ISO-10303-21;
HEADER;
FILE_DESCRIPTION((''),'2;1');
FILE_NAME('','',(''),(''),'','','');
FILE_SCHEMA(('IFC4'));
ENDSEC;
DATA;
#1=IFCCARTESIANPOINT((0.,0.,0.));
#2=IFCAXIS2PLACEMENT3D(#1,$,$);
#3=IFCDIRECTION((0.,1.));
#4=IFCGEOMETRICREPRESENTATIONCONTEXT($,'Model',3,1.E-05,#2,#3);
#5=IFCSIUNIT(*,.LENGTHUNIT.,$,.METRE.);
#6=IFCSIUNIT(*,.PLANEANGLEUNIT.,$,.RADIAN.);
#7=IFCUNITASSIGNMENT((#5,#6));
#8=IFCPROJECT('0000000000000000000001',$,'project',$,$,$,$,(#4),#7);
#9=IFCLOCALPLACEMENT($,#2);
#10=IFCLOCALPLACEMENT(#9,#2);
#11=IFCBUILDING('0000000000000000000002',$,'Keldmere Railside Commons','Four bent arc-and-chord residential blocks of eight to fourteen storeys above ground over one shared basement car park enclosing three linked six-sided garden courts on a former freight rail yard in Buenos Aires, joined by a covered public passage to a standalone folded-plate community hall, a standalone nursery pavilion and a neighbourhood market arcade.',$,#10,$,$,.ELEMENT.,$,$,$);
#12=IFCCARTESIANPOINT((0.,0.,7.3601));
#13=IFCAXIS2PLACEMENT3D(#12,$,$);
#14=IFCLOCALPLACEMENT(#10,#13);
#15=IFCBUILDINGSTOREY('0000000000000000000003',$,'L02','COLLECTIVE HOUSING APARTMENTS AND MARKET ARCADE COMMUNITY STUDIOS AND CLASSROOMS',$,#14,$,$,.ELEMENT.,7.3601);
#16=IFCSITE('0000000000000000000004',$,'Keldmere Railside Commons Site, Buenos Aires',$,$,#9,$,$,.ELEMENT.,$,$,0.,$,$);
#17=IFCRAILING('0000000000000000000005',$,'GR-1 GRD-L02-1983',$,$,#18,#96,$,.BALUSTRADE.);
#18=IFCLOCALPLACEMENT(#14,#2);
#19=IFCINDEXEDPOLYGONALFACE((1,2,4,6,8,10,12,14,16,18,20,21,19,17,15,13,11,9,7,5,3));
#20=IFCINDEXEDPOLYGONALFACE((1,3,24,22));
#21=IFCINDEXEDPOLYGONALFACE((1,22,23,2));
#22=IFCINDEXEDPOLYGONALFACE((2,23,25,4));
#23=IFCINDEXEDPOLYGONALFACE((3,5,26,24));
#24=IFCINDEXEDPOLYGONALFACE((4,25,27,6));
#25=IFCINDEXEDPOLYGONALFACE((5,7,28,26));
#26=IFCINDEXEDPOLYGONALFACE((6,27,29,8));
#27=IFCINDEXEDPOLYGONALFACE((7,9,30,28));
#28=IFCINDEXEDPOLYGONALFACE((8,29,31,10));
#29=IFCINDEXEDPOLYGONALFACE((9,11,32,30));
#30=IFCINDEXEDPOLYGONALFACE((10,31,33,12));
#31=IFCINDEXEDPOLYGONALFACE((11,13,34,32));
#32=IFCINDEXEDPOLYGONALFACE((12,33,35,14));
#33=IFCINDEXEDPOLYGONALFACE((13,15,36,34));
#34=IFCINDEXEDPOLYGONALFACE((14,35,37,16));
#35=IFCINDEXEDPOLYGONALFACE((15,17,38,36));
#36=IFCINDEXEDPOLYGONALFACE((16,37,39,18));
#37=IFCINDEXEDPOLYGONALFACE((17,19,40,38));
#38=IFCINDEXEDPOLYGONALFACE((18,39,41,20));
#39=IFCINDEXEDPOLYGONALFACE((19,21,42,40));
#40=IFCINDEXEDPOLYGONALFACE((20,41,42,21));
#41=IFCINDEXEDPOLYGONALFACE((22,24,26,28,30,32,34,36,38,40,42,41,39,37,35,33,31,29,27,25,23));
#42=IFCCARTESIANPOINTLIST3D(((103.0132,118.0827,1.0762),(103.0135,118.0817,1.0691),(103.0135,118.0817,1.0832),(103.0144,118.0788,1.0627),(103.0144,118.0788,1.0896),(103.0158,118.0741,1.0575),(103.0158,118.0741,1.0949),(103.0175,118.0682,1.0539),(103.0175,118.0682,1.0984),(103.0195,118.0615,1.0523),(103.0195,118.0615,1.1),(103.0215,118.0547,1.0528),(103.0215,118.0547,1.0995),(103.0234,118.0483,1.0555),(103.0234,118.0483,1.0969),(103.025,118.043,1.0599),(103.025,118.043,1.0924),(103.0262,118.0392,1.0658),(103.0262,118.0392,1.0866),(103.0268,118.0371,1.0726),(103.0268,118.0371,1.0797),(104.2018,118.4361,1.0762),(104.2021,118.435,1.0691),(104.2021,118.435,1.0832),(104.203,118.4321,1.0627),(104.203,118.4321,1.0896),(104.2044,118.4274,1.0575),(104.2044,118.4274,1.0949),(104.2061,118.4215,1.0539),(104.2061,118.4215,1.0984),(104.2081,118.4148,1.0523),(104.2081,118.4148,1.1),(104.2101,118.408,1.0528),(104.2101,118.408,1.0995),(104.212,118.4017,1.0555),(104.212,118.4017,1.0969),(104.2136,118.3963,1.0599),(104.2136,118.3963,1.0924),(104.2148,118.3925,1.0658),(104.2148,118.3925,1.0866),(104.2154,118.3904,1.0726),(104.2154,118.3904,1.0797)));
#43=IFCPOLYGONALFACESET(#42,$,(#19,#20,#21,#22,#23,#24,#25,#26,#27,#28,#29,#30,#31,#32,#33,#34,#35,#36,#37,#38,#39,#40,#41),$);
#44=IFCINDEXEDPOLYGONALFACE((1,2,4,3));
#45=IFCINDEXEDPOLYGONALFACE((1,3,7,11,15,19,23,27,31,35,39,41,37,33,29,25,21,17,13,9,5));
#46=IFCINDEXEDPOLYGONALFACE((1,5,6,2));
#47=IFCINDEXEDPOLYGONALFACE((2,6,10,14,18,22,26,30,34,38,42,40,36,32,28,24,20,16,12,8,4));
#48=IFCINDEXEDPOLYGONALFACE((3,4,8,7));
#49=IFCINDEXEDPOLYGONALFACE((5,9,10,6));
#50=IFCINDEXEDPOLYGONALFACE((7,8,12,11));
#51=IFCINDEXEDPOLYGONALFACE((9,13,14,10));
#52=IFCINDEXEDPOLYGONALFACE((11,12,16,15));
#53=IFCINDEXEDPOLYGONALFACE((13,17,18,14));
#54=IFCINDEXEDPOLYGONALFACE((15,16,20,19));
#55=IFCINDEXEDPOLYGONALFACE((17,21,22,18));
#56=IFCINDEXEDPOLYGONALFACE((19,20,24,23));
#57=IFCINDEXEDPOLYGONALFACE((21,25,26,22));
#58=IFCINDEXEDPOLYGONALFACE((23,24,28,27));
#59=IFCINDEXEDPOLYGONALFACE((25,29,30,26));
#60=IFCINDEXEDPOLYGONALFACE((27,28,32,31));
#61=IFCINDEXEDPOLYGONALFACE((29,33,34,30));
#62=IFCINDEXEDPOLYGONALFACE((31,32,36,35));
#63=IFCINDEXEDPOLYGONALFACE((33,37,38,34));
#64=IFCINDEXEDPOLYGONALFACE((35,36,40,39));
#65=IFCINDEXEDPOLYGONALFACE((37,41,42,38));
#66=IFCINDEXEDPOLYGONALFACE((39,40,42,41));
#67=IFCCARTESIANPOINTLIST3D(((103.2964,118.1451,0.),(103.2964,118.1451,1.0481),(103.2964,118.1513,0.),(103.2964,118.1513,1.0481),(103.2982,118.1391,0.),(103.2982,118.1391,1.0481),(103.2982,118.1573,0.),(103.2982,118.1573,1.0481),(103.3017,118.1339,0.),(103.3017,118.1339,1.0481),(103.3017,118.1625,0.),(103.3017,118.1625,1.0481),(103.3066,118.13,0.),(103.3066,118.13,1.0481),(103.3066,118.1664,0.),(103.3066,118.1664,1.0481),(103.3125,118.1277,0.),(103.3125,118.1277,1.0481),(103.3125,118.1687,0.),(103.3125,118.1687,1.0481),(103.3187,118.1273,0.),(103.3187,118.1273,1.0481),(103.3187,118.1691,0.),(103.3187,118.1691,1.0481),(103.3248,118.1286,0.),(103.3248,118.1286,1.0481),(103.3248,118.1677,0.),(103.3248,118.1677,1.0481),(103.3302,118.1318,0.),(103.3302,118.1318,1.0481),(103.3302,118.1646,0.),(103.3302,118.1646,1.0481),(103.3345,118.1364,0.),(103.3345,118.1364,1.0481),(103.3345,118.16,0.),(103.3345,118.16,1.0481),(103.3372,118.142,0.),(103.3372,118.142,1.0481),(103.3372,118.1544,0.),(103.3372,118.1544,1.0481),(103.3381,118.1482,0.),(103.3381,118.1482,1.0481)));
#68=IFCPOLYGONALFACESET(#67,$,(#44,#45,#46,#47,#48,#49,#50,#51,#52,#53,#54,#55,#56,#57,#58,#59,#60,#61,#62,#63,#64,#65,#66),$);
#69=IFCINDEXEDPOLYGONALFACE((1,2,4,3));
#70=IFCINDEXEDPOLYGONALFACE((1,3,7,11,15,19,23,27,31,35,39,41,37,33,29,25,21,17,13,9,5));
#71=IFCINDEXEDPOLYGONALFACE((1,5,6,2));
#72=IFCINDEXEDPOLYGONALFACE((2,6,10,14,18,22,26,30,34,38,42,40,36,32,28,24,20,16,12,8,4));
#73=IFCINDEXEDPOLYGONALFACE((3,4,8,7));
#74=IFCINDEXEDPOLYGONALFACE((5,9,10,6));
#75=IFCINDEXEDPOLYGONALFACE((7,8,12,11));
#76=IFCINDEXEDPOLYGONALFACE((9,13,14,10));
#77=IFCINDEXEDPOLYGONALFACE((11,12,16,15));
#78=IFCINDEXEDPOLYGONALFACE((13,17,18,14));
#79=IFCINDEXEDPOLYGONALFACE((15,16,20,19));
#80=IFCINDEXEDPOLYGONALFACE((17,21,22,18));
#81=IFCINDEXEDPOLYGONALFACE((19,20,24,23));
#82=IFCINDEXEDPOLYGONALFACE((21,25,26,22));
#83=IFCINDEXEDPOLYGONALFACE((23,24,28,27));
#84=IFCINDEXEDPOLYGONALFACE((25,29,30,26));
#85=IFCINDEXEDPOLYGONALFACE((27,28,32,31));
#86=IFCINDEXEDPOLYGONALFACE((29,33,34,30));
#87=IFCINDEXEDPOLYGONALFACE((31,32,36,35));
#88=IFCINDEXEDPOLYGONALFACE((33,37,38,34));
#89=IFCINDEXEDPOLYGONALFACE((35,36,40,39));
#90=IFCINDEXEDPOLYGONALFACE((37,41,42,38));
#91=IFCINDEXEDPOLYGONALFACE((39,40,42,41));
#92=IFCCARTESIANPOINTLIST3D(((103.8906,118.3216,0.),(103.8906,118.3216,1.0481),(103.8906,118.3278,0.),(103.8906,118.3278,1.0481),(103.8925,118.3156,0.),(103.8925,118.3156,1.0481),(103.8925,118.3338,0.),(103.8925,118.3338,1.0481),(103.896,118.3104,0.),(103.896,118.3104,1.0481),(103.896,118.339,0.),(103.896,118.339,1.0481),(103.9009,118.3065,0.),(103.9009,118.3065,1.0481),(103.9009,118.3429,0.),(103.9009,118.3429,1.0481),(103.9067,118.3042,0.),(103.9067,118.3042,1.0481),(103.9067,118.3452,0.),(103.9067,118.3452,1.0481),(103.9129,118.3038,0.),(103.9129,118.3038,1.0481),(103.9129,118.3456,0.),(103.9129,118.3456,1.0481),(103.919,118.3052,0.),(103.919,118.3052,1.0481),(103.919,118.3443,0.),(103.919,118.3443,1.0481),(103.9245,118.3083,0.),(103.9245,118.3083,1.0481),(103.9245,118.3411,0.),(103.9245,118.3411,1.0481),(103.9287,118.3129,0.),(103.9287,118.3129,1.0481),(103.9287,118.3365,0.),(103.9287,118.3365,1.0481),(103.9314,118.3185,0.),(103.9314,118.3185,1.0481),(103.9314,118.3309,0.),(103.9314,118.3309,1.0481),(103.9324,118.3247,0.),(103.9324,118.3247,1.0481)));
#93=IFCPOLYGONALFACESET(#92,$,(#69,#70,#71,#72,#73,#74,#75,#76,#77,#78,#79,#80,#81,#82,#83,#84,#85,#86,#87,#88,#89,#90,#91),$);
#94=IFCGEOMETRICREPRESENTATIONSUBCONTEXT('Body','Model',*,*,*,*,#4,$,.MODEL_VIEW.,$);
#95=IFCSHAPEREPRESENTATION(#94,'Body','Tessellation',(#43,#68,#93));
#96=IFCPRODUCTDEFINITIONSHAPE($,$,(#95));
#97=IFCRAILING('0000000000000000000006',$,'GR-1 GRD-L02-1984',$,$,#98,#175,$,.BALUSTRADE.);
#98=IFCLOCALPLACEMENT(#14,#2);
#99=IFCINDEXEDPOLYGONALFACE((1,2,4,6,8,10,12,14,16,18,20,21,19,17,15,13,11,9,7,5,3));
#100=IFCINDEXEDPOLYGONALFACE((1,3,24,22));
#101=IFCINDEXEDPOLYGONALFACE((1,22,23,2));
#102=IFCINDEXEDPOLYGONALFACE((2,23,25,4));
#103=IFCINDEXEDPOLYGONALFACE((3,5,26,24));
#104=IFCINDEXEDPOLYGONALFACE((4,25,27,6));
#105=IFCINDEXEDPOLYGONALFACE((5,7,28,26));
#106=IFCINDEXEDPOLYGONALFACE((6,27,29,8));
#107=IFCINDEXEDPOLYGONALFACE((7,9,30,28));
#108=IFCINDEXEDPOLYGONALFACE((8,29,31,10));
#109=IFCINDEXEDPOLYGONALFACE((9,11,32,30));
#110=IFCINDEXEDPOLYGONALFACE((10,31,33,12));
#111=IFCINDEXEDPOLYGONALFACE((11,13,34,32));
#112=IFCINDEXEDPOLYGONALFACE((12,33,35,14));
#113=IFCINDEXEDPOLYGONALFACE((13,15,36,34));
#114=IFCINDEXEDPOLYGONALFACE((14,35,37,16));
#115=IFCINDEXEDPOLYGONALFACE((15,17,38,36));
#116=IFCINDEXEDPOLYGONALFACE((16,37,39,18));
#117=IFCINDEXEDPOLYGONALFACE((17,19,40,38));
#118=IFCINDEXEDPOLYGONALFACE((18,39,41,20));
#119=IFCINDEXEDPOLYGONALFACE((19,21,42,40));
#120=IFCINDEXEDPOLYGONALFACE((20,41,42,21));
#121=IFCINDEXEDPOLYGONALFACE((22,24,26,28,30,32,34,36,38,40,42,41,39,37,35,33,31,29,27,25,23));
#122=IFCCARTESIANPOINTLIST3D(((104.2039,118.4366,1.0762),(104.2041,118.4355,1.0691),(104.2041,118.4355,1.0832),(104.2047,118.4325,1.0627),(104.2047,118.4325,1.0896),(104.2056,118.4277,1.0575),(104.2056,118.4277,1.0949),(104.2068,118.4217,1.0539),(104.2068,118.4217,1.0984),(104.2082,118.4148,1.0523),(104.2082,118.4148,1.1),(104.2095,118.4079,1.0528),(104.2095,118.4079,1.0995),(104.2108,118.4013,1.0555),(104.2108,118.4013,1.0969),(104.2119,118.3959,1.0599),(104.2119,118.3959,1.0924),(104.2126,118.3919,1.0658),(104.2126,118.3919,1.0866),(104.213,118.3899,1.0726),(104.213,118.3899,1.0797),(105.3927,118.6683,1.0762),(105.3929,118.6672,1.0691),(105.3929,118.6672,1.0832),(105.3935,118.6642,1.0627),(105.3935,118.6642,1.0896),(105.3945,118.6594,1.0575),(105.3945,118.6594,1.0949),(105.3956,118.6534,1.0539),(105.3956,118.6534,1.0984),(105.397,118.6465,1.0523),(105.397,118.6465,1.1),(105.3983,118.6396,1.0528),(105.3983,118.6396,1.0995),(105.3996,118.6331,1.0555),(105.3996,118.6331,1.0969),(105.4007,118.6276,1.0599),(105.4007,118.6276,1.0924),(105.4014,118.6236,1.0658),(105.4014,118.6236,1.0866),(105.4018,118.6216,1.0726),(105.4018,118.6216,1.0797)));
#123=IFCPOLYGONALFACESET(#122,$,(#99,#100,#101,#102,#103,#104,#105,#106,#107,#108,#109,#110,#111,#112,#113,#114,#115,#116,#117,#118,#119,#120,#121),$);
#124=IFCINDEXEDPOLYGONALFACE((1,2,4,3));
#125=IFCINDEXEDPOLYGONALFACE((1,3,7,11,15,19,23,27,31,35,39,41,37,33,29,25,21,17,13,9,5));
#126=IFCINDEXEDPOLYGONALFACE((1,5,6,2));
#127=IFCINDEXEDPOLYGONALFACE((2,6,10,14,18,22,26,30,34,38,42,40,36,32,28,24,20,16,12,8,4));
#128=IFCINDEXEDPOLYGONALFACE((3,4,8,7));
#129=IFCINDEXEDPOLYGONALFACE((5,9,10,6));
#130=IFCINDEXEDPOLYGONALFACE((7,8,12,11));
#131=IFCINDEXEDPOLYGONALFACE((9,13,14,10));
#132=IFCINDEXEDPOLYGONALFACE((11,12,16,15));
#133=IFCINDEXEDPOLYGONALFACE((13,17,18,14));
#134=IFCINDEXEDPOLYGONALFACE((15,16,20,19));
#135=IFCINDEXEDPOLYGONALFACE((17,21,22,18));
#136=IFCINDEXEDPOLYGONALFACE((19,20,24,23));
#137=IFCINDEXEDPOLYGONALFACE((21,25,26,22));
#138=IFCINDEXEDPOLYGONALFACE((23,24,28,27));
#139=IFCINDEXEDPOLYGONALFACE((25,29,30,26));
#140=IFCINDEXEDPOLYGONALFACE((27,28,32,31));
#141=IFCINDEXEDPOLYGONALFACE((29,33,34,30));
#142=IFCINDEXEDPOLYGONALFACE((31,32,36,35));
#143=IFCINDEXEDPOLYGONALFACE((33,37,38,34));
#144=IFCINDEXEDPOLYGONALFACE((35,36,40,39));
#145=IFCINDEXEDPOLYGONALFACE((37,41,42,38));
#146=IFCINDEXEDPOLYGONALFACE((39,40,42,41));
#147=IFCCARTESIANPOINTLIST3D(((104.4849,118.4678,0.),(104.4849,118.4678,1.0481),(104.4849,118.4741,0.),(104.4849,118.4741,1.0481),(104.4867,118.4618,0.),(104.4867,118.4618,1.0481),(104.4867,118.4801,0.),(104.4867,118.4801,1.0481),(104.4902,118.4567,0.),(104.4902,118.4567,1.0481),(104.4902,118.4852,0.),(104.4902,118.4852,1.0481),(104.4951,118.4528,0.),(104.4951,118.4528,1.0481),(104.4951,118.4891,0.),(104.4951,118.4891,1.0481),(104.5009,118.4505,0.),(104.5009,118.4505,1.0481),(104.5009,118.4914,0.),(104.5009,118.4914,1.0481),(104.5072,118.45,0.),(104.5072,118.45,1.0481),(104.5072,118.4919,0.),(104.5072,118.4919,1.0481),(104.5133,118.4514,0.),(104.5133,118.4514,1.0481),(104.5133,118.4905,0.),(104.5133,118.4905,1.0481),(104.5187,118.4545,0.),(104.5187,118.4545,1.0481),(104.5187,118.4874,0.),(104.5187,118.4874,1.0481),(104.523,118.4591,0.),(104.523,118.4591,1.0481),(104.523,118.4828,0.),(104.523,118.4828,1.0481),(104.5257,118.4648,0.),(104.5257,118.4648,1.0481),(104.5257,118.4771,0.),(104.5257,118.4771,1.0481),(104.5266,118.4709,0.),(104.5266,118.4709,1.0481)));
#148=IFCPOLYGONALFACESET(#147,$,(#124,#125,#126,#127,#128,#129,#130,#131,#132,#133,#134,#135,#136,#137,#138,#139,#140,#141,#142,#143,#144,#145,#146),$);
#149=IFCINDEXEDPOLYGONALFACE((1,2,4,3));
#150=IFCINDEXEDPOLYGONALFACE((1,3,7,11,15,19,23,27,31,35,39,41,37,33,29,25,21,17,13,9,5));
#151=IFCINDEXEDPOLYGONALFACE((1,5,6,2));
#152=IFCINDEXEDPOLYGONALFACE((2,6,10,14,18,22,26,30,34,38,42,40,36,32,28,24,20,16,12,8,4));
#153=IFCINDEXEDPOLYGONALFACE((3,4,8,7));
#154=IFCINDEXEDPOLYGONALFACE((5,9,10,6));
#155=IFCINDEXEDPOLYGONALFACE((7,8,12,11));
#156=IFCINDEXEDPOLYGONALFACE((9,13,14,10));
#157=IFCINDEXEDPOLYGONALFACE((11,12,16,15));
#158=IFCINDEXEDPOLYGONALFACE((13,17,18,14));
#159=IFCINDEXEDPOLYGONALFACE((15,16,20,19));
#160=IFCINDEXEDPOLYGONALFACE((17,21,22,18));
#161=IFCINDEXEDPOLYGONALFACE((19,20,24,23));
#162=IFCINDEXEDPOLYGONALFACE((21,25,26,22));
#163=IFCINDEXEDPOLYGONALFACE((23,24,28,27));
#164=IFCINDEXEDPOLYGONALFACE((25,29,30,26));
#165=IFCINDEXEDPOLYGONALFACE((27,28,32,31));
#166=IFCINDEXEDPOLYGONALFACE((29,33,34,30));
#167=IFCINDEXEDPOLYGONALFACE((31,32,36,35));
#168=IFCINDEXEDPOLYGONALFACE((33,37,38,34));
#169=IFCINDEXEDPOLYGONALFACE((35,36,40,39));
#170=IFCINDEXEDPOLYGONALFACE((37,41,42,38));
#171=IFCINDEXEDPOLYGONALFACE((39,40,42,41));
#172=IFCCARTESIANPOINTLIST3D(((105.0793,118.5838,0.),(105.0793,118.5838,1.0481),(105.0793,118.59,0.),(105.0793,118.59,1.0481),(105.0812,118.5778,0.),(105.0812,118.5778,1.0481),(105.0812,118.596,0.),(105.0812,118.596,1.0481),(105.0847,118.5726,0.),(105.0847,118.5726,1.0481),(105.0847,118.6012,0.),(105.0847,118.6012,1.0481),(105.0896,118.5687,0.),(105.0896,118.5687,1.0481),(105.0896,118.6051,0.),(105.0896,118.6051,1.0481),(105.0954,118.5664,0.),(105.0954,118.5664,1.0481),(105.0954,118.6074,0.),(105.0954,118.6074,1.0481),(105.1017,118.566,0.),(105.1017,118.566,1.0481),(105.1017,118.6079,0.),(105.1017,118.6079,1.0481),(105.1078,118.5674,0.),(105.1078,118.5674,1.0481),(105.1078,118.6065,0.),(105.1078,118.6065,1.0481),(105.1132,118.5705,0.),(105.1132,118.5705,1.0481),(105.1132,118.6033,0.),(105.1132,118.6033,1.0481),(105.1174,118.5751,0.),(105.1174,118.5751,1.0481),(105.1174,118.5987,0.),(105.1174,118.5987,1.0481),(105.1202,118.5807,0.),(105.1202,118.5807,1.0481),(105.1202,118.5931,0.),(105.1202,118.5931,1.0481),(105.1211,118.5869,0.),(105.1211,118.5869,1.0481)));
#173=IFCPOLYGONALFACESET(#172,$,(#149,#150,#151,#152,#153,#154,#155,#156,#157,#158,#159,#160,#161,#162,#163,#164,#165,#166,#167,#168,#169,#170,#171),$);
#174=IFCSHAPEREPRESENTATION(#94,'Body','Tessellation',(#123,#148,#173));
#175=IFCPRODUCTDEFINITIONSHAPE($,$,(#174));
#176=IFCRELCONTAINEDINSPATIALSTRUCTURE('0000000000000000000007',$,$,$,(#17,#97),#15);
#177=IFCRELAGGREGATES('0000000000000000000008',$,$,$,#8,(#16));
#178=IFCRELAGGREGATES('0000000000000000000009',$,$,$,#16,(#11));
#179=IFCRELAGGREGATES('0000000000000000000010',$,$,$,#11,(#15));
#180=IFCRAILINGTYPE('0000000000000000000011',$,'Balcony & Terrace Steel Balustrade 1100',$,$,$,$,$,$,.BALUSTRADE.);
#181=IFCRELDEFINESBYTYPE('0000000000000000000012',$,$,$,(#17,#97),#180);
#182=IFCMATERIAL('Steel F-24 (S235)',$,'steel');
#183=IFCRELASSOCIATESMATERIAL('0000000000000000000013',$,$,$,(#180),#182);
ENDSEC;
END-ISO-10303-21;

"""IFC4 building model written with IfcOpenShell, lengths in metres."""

from ifc_helpers import new_model, si_unit, direction, frame, origin, origin_2d, place, context, subcontext, project, spatial, circle, extrude, material, type_object, element, save


model = new_model("IFC4")

# Units and contexts
model_context = context("Model", 3, precision=1e-05, world=origin(), true_north=direction((0.0, 1.0)))
body_context = subcontext(model_context, "Body", "Model", "MODEL_VIEW")
ifc_project = project(units=[si_unit("LENGTHUNIT", "METRE"), si_unit("PLANEANGLEUNIT", "RADIAN")], contexts=[model_context])

# Site, building, storey
site_placement = place(None, origin())
site = spatial("IfcSite", under=ifc_project, at=site_placement, Name="Keldmere Railside Commons Site, Buenos Aires", CompositionType="ELEMENT", RefElevation=0.0)
building_placement = place(site_placement, origin())
building = spatial("IfcBuilding", under=site, at=building_placement, Name="Keldmere Railside Commons", Description="Four bent arc-and-chord residential blocks of eight to fourteen storeys above ground over one shared basement car park enclosing three linked six-sided garden courts on a former freight rail yard in Buenos Aires, joined by a covered public passage to a standalone folded-plate community hall, a standalone nursery pavilion and a neighbourhood market arcade.", CompositionType="ELEMENT")
storey_placement = place(building_placement, frame((0.0, 0.0, 7.3601)))
storey = spatial("IfcBuildingStorey", under=building, at=storey_placement, Name="L02", Description="COLLECTIVE HOUSING APARTMENTS AND MARKET ARCADE COMMUNITY STUDIOS AND CLASSROOMS", CompositionType="ELEMENT", Elevation=7.3601)

# Railings
ifc_material_1 = material(Name="Steel F-24 (S235)", Category="steel")
railing_type = type_object("IfcRailingType", Name="Balcony & Terrace Steel Balustrade 1100", PredefinedType="BALUSTRADE", material=ifc_material_1)
railing_1_placement = place(storey_placement, frame((103.02, 118.0598, 0.0)))
element("IfcRailing", 1, at=railing_1_placement, inside=storey, type_object=railing_type, Name="GR-1 GRD-L02-1983", PredefinedType="BALUSTRADE", context=body_context, shape_type="SweptSolid", body=[
    extrude(circle(Radius=0.0239, at=origin_2d()), frame((0.0, 0.0, 1.0762), z_axis=(0.958549, 0.284926, 0.0), x_axis=(-0.284926, 0.958549, 0.0)), (0.0, 0.0, 1.0), 1.24),
    extrude(circle(Radius=0.021, at=origin_2d()), frame((0.2971, 0.0884, 0.0)), (0.0, 0.0, 1.0), 1.0481),
    extrude(circle(Radius=0.021, at=origin_2d()), frame((0.8914, 0.2649, 0.0)), (0.0, 0.0, 1.0), 1.0481),
])
railing_2_placement = place(storey_placement, frame((104.2085, 118.4131, 0.0)))
element("IfcRailing", 2, at=railing_2_placement, inside=storey, type_object=railing_type, Name="GR-1 GRD-L02-1984", PredefinedType="BALUSTRADE", context=body_context, shape_type="SweptSolid", body=[
    extrude(circle(Radius=0.0239, at=origin_2d()), frame((0.0, 0.0, 1.0762), z_axis=(0.98153, 0.191307, 0.0), x_axis=(-0.191307, 0.98153, 0.0)), (0.0, 0.0, 1.0), 1.2112),
    extrude(circle(Radius=0.021, at=origin_2d()), frame((0.2971, 0.0579, 0.0)), (0.0, 0.0, 1.0), 1.0481),
    extrude(circle(Radius=0.021, at=origin_2d()), frame((0.8916, 0.1738, 0.0)), (0.0, 0.0, 1.0), 1.0481),
])

save(model, "model.ifc")
